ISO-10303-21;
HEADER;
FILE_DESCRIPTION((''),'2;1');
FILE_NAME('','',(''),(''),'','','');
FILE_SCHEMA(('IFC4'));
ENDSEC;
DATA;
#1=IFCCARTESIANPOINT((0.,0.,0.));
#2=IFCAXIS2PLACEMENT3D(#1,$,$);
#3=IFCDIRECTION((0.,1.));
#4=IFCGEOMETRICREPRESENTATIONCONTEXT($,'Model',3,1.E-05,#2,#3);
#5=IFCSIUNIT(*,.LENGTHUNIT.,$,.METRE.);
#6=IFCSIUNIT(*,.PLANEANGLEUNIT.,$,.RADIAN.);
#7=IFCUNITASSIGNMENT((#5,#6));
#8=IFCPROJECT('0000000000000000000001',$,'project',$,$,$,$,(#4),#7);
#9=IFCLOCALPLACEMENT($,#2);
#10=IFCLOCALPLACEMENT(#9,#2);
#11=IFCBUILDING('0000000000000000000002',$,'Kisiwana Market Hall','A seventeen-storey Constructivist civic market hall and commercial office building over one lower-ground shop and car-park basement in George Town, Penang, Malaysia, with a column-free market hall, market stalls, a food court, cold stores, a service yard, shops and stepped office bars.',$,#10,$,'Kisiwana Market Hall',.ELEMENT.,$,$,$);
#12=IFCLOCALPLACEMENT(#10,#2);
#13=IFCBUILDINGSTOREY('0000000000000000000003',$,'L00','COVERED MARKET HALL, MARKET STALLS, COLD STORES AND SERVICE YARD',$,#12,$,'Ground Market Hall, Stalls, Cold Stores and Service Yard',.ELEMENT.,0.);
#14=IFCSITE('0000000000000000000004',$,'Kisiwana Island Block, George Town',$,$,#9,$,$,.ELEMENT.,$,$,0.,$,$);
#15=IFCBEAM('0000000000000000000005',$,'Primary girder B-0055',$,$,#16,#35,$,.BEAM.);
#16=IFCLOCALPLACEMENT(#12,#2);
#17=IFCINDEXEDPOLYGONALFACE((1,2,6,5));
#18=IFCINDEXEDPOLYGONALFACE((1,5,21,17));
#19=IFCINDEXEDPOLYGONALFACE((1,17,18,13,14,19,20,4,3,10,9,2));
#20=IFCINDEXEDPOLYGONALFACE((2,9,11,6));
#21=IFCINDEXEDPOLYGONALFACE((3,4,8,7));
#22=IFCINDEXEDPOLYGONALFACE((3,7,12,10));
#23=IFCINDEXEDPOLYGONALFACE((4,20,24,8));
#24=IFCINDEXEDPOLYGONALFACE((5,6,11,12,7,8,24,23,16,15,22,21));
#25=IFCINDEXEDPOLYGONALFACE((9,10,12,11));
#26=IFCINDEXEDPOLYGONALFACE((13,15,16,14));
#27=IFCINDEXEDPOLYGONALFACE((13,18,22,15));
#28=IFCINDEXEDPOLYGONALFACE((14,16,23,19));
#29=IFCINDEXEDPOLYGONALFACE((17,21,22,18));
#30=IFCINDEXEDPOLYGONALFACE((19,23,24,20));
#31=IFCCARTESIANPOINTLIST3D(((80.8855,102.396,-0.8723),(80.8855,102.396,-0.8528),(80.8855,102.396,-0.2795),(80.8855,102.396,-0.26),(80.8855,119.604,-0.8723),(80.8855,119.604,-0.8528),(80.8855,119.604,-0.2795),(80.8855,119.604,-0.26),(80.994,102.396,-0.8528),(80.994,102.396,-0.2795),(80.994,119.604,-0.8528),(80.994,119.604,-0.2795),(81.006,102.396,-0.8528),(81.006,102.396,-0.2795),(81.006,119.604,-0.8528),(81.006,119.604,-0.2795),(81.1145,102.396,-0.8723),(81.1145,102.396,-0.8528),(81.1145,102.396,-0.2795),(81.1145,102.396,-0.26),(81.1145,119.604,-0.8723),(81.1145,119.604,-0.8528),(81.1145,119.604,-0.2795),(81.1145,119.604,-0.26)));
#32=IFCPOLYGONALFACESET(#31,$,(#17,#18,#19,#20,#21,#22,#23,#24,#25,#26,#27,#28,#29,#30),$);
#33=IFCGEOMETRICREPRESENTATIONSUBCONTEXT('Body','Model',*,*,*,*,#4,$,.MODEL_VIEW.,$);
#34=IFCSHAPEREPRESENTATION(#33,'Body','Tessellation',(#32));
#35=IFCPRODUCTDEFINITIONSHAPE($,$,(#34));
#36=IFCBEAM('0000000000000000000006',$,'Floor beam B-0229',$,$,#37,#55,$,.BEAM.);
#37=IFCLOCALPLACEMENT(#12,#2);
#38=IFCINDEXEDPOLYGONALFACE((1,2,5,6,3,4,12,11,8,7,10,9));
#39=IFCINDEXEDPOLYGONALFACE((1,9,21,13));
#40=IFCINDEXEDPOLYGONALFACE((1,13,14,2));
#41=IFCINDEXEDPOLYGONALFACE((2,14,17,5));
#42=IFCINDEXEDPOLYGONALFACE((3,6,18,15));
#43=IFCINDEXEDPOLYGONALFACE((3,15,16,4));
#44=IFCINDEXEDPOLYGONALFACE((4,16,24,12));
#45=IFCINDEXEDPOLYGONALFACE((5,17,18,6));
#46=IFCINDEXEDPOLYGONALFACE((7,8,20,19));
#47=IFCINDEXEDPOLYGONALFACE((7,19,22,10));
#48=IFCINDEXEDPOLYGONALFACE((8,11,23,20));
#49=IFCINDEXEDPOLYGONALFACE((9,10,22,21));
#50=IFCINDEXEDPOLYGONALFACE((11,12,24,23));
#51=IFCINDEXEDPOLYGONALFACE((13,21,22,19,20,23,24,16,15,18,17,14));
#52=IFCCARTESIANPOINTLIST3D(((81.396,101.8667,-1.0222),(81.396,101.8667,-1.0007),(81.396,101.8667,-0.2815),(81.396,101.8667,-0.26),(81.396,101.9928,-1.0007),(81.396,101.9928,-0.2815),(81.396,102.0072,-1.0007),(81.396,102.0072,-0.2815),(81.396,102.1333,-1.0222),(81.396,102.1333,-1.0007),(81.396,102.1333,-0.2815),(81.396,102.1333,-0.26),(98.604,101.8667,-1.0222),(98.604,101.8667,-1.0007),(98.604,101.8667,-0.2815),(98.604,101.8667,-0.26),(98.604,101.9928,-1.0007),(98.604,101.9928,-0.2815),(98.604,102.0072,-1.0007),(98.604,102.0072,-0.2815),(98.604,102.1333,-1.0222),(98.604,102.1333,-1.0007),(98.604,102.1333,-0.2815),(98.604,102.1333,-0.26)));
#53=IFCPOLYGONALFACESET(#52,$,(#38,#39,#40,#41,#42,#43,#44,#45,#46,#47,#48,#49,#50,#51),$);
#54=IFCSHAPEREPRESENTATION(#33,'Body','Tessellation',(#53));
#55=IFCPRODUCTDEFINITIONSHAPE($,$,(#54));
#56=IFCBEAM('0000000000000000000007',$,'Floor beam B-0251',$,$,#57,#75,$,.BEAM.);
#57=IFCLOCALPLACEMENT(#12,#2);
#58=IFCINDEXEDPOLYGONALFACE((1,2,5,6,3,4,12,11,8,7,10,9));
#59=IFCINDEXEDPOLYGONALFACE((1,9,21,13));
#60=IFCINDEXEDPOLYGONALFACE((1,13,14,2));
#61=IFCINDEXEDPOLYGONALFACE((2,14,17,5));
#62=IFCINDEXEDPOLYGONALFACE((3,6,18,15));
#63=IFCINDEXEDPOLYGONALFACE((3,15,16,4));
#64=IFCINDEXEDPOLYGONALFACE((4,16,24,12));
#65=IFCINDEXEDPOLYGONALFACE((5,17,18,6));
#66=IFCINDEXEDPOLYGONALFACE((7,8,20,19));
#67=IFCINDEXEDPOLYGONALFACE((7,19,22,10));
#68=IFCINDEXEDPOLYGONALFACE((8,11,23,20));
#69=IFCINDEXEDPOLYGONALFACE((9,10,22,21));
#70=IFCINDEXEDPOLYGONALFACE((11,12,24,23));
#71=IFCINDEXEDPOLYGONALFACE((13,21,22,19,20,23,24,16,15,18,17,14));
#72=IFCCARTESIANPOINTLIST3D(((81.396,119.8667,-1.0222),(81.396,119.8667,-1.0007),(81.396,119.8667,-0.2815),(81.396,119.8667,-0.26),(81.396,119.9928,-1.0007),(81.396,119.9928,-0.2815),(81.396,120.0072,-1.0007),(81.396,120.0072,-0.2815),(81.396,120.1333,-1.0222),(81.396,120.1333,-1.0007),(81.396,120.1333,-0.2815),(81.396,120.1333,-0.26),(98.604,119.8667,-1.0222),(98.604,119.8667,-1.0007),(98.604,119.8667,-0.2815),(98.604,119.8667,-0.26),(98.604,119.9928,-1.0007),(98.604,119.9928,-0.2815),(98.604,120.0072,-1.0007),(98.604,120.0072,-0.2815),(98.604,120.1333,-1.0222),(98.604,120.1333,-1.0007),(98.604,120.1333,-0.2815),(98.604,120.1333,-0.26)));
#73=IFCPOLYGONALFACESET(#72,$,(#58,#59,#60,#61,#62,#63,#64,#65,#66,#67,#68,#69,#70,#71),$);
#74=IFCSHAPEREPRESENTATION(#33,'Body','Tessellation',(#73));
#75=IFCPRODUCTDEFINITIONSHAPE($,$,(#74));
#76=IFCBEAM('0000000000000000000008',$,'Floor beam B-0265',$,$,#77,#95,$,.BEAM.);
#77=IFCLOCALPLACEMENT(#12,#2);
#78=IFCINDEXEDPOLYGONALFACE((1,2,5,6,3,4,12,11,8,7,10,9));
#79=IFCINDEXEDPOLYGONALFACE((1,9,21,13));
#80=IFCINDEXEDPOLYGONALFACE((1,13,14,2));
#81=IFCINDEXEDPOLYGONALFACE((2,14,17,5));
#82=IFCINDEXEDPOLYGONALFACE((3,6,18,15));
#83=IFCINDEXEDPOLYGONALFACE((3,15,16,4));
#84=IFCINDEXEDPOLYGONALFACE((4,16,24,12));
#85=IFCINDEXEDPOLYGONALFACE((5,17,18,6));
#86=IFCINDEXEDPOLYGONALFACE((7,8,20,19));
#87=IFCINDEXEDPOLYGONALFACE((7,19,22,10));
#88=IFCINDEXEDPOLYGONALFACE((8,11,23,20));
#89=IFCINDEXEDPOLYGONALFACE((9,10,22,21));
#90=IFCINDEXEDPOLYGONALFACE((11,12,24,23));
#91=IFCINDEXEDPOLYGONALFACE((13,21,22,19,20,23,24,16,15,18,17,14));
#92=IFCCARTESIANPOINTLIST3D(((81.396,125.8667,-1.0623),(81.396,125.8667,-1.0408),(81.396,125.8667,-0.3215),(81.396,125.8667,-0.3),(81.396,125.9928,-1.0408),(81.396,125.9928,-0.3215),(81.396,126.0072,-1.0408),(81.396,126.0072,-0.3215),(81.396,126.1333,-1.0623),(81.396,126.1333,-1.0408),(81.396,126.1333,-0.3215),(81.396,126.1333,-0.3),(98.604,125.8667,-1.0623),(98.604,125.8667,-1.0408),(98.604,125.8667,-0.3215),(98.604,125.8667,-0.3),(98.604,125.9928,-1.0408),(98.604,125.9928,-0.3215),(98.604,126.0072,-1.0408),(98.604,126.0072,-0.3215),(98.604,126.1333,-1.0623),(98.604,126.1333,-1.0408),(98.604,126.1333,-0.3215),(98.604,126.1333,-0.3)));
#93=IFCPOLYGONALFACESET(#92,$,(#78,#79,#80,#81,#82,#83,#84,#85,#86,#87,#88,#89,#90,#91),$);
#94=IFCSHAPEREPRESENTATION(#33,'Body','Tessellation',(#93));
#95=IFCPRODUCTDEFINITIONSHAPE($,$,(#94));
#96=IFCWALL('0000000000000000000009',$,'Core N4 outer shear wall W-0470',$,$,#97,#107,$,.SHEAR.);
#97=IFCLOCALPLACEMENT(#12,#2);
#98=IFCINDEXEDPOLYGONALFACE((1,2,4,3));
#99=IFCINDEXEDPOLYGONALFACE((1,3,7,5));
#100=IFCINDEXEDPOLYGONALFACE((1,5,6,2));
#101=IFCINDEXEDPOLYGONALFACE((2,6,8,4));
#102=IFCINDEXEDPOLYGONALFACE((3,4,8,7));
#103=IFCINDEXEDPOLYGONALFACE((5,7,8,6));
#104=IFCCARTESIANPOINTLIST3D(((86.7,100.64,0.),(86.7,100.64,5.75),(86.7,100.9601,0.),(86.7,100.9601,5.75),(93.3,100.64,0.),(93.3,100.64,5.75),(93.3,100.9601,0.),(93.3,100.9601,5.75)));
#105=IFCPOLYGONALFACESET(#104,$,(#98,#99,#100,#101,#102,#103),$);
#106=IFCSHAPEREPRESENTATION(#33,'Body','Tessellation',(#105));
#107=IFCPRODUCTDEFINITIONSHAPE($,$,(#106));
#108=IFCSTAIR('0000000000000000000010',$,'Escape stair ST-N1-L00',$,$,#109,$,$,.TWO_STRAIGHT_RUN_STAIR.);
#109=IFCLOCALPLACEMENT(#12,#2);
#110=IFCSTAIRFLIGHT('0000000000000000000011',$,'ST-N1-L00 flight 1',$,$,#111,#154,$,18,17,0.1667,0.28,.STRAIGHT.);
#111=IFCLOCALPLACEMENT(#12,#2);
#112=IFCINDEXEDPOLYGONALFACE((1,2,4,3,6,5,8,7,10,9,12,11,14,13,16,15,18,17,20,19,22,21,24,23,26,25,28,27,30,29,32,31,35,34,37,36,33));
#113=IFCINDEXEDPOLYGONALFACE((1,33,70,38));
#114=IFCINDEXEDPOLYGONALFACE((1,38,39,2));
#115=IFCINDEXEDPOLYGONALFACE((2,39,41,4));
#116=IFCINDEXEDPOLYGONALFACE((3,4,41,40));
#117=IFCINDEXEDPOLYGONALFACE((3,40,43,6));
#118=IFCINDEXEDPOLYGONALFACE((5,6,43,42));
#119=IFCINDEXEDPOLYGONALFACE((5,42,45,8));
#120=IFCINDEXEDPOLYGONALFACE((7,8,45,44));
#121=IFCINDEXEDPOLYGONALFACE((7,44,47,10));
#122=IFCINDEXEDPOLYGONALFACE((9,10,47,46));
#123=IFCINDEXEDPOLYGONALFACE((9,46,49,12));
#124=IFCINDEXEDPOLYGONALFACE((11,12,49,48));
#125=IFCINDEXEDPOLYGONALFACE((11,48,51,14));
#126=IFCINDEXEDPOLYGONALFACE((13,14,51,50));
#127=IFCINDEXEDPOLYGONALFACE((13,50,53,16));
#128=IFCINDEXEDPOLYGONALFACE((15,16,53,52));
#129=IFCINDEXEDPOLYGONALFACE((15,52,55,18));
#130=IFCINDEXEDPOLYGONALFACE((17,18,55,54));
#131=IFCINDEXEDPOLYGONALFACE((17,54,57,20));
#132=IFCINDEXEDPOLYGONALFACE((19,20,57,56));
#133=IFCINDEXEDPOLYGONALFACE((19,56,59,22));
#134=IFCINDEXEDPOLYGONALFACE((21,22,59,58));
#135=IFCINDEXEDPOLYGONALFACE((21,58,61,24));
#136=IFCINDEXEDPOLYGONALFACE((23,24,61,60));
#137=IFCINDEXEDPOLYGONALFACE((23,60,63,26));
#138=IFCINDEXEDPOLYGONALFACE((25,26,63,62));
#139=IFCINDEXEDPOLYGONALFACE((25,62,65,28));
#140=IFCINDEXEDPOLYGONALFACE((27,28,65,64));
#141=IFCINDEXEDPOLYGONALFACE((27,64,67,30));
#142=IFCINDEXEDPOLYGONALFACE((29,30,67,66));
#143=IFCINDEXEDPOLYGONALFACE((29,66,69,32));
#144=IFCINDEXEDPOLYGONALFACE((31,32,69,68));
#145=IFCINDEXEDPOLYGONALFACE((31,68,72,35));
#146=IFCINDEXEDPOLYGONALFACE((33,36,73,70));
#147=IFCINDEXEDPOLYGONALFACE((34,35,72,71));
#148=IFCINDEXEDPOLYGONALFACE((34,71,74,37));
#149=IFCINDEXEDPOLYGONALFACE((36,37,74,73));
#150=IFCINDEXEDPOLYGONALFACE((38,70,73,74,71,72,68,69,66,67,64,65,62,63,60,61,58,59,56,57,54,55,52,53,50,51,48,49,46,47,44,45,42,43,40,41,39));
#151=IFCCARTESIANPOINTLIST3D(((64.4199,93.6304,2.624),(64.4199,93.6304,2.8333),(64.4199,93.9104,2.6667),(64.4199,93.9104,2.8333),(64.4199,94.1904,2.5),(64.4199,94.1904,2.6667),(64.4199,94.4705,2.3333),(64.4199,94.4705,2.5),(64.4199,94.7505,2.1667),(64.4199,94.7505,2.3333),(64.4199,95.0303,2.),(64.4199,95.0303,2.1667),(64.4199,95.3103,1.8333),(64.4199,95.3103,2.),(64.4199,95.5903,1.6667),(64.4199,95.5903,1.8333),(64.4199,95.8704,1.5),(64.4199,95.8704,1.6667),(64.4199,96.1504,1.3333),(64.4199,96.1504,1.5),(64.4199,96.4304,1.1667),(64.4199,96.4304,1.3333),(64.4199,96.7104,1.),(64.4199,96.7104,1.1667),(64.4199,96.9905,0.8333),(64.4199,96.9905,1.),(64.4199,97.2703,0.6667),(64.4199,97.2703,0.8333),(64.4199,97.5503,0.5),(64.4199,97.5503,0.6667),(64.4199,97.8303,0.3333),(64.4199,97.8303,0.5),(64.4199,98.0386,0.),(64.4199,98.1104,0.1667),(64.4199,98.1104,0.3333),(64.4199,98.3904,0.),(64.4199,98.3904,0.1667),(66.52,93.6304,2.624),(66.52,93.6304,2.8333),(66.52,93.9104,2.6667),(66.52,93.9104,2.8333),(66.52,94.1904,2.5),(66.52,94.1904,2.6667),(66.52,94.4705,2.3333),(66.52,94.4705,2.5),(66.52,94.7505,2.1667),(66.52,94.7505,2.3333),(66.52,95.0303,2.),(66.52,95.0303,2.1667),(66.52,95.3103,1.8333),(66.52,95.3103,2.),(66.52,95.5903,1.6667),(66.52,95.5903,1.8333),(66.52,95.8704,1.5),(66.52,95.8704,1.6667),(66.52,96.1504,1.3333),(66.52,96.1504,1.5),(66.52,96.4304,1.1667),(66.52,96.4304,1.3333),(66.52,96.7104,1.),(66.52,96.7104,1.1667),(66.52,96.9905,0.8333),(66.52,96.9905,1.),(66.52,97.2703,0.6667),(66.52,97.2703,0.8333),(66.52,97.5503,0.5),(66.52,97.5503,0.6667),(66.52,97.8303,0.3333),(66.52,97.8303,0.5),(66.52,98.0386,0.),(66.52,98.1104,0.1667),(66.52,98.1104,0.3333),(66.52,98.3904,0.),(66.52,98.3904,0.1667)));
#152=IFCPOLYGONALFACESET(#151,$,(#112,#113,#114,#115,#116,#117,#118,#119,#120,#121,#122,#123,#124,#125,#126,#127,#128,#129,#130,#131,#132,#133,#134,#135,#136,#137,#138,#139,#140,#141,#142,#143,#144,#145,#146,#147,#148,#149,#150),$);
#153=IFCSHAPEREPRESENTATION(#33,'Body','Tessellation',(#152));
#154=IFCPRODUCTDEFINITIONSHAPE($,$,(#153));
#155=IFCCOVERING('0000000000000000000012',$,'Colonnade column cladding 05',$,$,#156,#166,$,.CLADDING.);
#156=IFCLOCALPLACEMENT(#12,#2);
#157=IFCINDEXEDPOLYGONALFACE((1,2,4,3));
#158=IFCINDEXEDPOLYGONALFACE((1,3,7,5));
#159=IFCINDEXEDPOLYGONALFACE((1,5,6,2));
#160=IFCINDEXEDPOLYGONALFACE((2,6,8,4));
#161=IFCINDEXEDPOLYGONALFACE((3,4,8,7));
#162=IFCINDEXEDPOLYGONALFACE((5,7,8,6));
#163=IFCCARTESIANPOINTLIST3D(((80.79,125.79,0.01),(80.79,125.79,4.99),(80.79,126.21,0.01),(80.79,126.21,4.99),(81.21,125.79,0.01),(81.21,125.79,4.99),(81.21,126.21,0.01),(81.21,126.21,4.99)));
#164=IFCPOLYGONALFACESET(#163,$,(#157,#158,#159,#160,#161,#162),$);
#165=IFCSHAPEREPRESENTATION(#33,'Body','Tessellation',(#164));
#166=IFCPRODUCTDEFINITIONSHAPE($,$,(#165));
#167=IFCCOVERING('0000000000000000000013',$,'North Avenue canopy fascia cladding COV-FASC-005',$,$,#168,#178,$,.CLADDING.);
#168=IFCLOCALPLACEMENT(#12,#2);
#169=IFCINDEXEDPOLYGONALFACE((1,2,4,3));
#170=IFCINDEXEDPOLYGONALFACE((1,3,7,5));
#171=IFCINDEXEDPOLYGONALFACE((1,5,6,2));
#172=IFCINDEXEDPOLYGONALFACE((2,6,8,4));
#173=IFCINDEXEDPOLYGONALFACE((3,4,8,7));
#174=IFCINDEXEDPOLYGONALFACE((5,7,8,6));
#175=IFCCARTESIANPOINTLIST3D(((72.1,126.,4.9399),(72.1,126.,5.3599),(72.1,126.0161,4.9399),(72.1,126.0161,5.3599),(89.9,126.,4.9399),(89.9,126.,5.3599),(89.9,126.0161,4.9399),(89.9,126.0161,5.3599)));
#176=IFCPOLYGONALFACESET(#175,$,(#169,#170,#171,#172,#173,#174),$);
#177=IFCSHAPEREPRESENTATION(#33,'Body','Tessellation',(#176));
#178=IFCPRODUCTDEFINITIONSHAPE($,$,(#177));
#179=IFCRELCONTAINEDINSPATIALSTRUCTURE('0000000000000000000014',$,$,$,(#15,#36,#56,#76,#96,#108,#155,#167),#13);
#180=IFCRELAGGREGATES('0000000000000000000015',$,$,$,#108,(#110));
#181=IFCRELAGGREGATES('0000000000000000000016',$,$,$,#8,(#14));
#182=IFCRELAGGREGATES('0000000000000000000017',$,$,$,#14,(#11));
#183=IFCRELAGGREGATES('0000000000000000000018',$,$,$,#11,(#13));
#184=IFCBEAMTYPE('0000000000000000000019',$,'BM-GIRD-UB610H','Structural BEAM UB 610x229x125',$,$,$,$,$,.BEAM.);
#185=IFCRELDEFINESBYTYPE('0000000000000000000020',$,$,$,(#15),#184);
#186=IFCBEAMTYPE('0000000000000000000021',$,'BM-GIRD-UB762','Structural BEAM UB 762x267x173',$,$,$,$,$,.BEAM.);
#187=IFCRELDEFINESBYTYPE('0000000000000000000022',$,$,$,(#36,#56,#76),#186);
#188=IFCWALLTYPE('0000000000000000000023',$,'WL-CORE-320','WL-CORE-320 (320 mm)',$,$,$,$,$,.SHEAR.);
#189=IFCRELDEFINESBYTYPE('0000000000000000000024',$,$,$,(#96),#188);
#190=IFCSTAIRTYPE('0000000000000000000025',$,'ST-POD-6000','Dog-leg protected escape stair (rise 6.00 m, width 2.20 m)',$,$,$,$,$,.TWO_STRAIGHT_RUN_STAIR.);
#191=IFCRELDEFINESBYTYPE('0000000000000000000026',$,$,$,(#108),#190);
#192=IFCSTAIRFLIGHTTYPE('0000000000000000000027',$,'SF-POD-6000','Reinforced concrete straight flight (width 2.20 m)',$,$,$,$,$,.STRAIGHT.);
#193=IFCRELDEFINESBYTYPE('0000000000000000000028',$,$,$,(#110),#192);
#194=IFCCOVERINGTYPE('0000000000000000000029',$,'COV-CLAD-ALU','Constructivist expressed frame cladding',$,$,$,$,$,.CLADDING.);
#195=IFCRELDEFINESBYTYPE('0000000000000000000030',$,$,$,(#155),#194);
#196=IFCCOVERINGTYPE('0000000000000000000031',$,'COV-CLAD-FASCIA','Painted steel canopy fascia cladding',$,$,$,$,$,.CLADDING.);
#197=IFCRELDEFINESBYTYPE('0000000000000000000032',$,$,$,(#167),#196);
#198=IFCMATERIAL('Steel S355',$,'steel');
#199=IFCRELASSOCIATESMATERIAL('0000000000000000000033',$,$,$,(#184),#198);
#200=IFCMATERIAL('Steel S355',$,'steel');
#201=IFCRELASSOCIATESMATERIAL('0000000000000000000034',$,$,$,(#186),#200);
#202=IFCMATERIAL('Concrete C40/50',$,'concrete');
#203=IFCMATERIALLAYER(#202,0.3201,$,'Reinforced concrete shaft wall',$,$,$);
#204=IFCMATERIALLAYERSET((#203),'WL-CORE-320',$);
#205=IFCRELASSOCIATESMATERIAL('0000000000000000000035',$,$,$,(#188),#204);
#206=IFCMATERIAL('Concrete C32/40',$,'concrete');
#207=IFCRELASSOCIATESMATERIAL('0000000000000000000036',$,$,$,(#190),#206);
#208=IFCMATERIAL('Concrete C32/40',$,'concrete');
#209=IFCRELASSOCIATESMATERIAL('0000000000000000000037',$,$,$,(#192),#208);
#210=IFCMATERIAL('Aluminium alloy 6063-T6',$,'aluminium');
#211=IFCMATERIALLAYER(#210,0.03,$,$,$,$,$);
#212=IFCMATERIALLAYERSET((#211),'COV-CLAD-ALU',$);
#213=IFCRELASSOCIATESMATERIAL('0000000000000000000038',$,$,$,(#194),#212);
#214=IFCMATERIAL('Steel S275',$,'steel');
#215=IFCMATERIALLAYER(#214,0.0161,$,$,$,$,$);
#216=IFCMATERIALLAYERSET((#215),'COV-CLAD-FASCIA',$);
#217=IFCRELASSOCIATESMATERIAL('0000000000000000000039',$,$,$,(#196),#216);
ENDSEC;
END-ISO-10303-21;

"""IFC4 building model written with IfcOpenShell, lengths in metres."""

from ifc_helpers import new_model, si_unit, direction, frame, frame_2d, origin, origin_2d, place, context, subcontext, project, spatial, polyline, rectangle, i_section, outline, extrude, material, layer, layer_set, material_profile, profile_set, type_object, element, aggregate, save


model = new_model("IFC4")

# Units and contexts
model_context = context("Model", 3, precision=1e-05, world=origin(), true_north=direction((0.0, 1.0)))
body_context = subcontext(model_context, "Body", "Model", "MODEL_VIEW")
ifc_project = project(units=[si_unit("LENGTHUNIT", "METRE"), si_unit("PLANEANGLEUNIT", "RADIAN")], contexts=[model_context])

# Site, building, storey
site_placement = place(None, origin())
site = spatial("IfcSite", under=ifc_project, at=site_placement, Name="Kisiwana Island Block, George Town", CompositionType="ELEMENT", RefElevation=0.0)
building_placement = place(site_placement, origin())
building = spatial("IfcBuilding", under=site, at=building_placement, Name="Kisiwana Market Hall", Description="A seventeen-storey Constructivist civic market hall and commercial office building over one lower-ground shop and car-park basement in George Town, Penang, Malaysia, with a column-free market hall, market stalls, a food court, cold stores, a service yard, shops and stepped office bars.", LongName="Kisiwana Market Hall", CompositionType="ELEMENT")
storey_placement = place(building_placement, origin())
storey = spatial("IfcBuildingStorey", under=building, at=storey_placement, Name="L00", Description="COVERED MARKET HALL, MARKET STALLS, COLD STORES AND SERVICE YARD", LongName="Ground Market Hall, Stalls, Cold Stores and Service Yard", CompositionType="ELEMENT", Elevation=0.0)

# Beams
ifc_material_1 = material(Name="Steel S355", Category="steel")
ifc_material_profile_1 = material_profile(ifc_material_1, i_section(OverallWidth=0.229, OverallDepth=0.6123, WebThickness=0.012, FlangeThickness=0.0195, at=origin_2d()), Name="UB 610x229x125")
ifc_profile_set_1 = profile_set([ifc_material_profile_1], Name="Steel S355")
beam_type_1 = type_object("IfcBeamType", Name="BM-GIRD-UB610H", Description="Structural BEAM UB 610x229x125", PredefinedType="BEAM", material=ifc_profile_set_1)
beam_1_placement = place(storey_placement, frame((81.0, 102.396, -0.5662), z_axis=(0.0, 1.0, 0.0), x_axis=(-1.0, 0.0, 0.0)))
element("IfcBeam", 1, at=beam_1_placement, inside=storey, type_object=beam_type_1, Name="Primary girder B-0055", PredefinedType="BEAM", context=body_context, shape_type="SweptSolid", body=[
    extrude(i_section(OverallWidth=0.229, OverallDepth=0.6123, WebThickness=0.012, FlangeThickness=0.0195, at=origin_2d()), origin(), (0.0, 0.0, 1.0), 17.208),
])
ifc_material_2 = material(Name="Steel S355", Category="steel")
ifc_material_profile_2 = material_profile(ifc_material_2, i_section(OverallWidth=0.2666, OverallDepth=0.7622, WebThickness=0.0144, FlangeThickness=0.0215, at=origin_2d()), Name="UB 762x267x173")
ifc_profile_set_2 = profile_set([ifc_material_profile_2], Name="Steel S355")
beam_type_2 = type_object("IfcBeamType", Name="BM-GIRD-UB762", Description="Structural BEAM UB 762x267x173", PredefinedType="BEAM", material=ifc_profile_set_2)
for number, where, z_axis, x_axis, name in (
    (2, (81.396, 102.0, -0.6411), (1.0, 0.0, 0.0), (0.0, 1.0, 0.0), "Floor beam B-0229"),
    (3, (81.396, 120.0, -0.6411), (1.0, 0.0, 0.0), (0.0, 1.0, 0.0), "Floor beam B-0251"),
    (4, (81.396, 126.0, -0.6812), (1.0, 0.0, 0.0), (0.0, 1.0, 0.0), "Floor beam B-0265"),
):
    element("IfcBeam", number, at=place(storey_placement, frame(where, z_axis=z_axis, x_axis=x_axis)), inside=storey, type_object=beam_type_2, Name=name, PredefinedType="BEAM", context=body_context, shape_type="SweptSolid", body=[
        extrude(i_section(OverallWidth=0.2666, OverallDepth=0.7622, WebThickness=0.0144, FlangeThickness=0.0215, at=origin_2d()), origin(), (0.0, 0.0, 1.0), 17.208),
    ])

# Wall
ifc_material_3 = material(Name="Concrete C40/50", Category="concrete")
ifc_layer_1 = layer(ifc_material_3, 0.3201, Name="Reinforced concrete shaft wall")
ifc_layer_set_1 = layer_set([ifc_layer_1], Name="WL-CORE-320")
wall_type_1 = type_object("IfcWallType", Name="WL-CORE-320", Description="WL-CORE-320 (320 mm)", PredefinedType="SHEAR", material=ifc_layer_set_1)
wall_1_placement = place(storey_placement, frame((86.7, 100.8, 0.0), z_axis=(0.0, 0.0, 1.0), x_axis=(1.0, 0.0, 0.0)))
element("IfcWall", 5, at=wall_1_placement, inside=storey, type_object=wall_type_1, Name="Core N4 outer shear wall W-0470", PredefinedType="SHEAR", context=body_context, shape_type="SweptSolid", body=[
    extrude(rectangle(XDim=6.6001, YDim=0.3201, at=frame_2d((3.3, 0.0))), origin(), (0.0, 0.0, 1.0), 5.75),
])

# Stair, stair flight
ifc_material_4 = material(Name="Concrete C32/40", Category="concrete")
stair_type = type_object("IfcStairType", Name="ST-POD-6000", Description="Dog-leg protected escape stair (rise 6.00 m, width 2.20 m)", PredefinedType="TWO_STRAIGHT_RUN_STAIR", material=ifc_material_4)
stair_placement = place(storey_placement, origin())
stair = element("IfcStair", 6, at=stair_placement, inside=storey, type_object=stair_type, Name="Escape stair ST-N1-L00", PredefinedType="TWO_STRAIGHT_RUN_STAIR")
ifc_material_5 = material(Name="Concrete C32/40", Category="concrete")
stair_flight_type = type_object("IfcStairFlightType", Name="SF-POD-6000", Description="Reinforced concrete straight flight (width 2.20 m)", PredefinedType="STRAIGHT", material=ifc_material_5)
stair_flight_placement = place(storey_placement, frame((65.47, 98.3904, 0.0), z_axis=(0.0, 0.0, 1.0), x_axis=(0.0, -1.0, 0.0)))
stair_flight = element("IfcStairFlight", 7, at=stair_flight_placement, type_object=stair_flight_type, Name="ST-N1-L00 flight 1", NumberOfRisers=18, NumberOfTreads=17, PredefinedType="STRAIGHT", RiserHeight=0.1667, TreadLength=0.28, context=body_context, shape_type="SweptSolid", body=[
    extrude(outline(polyline([(0.0, 0.0), (0.0, 0.1667), (0.28, 0.1667), (0.28, 0.3333), (0.5601, 0.3333), (0.5601, 0.5), (0.8401, 0.5), (0.8401, 0.6667), (1.1201, 0.6667), (1.1201, 0.8333), (1.3999, 0.8333), (1.3999, 1.0), (1.6799, 1.0), (1.6799, 1.1667), (1.96, 1.1667), (1.96, 1.3333), (2.24, 1.3333), (2.24, 1.5), (2.52, 1.5), (2.52, 1.6667), (2.8, 1.6667), (2.8, 1.8333), (3.0801, 1.8333), (3.0801, 2.0), (3.3601, 2.0), (3.3601, 2.1667), (3.6399, 2.1667), (3.6399, 2.3333), (3.9199, 2.3333), (3.9199, 2.5), (4.2, 2.5), (4.2, 2.6667), (4.48, 2.6667), (4.48, 2.8333), (4.76, 2.8333), (4.76, 3.0), (4.76, 2.624), (0.3518, 0.0), (0.0, 0.0)])), frame((0.0, 1.05, 0.0), z_axis=(0.0, -1.0, 0.0), x_axis=(1.0, 0.0, 0.0)), (0.0, 0.0, 1.0), 2.1001),
])
aggregate(stair, [stair_flight])

# Coverings
ifc_material_6 = material(Name="Aluminium alloy 6063-T6", Category="aluminium")
ifc_layer_2 = layer(ifc_material_6, 0.03)
ifc_layer_set_2 = layer_set([ifc_layer_2], Name="COV-CLAD-ALU")
covering_type_1 = type_object("IfcCoveringType", Name="COV-CLAD-ALU", Description="Constructivist expressed frame cladding", PredefinedType="CLADDING", material=ifc_layer_set_2)
covering_1_placement = place(storey_placement, frame((81.0, 126.0, 0.01), z_axis=(0.0, 0.0, 1.0), x_axis=(1.0, 0.0, 0.0)))
element("IfcCovering", 8, at=covering_1_placement, inside=storey, type_object=covering_type_1, Name="Colonnade column cladding 05", PredefinedType="CLADDING", context=body_context, shape_type="SweptSolid", body=[
    extrude(rectangle(XDim=0.4199, YDim=0.4199, at=origin_2d()), origin(), (0.0, 0.0, 1.0), 4.98),
])
ifc_material_7 = material(Name="Steel S275", Category="steel")
ifc_layer_3 = layer(ifc_material_7, 0.0161)
ifc_layer_set_3 = layer_set([ifc_layer_3], Name="COV-CLAD-FASCIA")
covering_type_2 = type_object("IfcCoveringType", Name="COV-CLAD-FASCIA", Description="Painted steel canopy fascia cladding", PredefinedType="CLADDING", material=ifc_layer_set_3)
covering_2_placement = place(storey_placement, frame((81.0, 126.0081, 4.9399), z_axis=(0.0, 0.0, 1.0), x_axis=(1.0, 0.0, 0.0)))
element("IfcCovering", 9, at=covering_2_placement, inside=storey, type_object=covering_type_2, Name="North Avenue canopy fascia cladding COV-FASC-005", PredefinedType="CLADDING", context=body_context, shape_type="SweptSolid", body=[
    extrude(rectangle(XDim=17.8, YDim=0.0161, at=origin_2d()), origin(), (0.0, 0.0, 1.0), 0.4199),
])

save(model, "model.ifc")
